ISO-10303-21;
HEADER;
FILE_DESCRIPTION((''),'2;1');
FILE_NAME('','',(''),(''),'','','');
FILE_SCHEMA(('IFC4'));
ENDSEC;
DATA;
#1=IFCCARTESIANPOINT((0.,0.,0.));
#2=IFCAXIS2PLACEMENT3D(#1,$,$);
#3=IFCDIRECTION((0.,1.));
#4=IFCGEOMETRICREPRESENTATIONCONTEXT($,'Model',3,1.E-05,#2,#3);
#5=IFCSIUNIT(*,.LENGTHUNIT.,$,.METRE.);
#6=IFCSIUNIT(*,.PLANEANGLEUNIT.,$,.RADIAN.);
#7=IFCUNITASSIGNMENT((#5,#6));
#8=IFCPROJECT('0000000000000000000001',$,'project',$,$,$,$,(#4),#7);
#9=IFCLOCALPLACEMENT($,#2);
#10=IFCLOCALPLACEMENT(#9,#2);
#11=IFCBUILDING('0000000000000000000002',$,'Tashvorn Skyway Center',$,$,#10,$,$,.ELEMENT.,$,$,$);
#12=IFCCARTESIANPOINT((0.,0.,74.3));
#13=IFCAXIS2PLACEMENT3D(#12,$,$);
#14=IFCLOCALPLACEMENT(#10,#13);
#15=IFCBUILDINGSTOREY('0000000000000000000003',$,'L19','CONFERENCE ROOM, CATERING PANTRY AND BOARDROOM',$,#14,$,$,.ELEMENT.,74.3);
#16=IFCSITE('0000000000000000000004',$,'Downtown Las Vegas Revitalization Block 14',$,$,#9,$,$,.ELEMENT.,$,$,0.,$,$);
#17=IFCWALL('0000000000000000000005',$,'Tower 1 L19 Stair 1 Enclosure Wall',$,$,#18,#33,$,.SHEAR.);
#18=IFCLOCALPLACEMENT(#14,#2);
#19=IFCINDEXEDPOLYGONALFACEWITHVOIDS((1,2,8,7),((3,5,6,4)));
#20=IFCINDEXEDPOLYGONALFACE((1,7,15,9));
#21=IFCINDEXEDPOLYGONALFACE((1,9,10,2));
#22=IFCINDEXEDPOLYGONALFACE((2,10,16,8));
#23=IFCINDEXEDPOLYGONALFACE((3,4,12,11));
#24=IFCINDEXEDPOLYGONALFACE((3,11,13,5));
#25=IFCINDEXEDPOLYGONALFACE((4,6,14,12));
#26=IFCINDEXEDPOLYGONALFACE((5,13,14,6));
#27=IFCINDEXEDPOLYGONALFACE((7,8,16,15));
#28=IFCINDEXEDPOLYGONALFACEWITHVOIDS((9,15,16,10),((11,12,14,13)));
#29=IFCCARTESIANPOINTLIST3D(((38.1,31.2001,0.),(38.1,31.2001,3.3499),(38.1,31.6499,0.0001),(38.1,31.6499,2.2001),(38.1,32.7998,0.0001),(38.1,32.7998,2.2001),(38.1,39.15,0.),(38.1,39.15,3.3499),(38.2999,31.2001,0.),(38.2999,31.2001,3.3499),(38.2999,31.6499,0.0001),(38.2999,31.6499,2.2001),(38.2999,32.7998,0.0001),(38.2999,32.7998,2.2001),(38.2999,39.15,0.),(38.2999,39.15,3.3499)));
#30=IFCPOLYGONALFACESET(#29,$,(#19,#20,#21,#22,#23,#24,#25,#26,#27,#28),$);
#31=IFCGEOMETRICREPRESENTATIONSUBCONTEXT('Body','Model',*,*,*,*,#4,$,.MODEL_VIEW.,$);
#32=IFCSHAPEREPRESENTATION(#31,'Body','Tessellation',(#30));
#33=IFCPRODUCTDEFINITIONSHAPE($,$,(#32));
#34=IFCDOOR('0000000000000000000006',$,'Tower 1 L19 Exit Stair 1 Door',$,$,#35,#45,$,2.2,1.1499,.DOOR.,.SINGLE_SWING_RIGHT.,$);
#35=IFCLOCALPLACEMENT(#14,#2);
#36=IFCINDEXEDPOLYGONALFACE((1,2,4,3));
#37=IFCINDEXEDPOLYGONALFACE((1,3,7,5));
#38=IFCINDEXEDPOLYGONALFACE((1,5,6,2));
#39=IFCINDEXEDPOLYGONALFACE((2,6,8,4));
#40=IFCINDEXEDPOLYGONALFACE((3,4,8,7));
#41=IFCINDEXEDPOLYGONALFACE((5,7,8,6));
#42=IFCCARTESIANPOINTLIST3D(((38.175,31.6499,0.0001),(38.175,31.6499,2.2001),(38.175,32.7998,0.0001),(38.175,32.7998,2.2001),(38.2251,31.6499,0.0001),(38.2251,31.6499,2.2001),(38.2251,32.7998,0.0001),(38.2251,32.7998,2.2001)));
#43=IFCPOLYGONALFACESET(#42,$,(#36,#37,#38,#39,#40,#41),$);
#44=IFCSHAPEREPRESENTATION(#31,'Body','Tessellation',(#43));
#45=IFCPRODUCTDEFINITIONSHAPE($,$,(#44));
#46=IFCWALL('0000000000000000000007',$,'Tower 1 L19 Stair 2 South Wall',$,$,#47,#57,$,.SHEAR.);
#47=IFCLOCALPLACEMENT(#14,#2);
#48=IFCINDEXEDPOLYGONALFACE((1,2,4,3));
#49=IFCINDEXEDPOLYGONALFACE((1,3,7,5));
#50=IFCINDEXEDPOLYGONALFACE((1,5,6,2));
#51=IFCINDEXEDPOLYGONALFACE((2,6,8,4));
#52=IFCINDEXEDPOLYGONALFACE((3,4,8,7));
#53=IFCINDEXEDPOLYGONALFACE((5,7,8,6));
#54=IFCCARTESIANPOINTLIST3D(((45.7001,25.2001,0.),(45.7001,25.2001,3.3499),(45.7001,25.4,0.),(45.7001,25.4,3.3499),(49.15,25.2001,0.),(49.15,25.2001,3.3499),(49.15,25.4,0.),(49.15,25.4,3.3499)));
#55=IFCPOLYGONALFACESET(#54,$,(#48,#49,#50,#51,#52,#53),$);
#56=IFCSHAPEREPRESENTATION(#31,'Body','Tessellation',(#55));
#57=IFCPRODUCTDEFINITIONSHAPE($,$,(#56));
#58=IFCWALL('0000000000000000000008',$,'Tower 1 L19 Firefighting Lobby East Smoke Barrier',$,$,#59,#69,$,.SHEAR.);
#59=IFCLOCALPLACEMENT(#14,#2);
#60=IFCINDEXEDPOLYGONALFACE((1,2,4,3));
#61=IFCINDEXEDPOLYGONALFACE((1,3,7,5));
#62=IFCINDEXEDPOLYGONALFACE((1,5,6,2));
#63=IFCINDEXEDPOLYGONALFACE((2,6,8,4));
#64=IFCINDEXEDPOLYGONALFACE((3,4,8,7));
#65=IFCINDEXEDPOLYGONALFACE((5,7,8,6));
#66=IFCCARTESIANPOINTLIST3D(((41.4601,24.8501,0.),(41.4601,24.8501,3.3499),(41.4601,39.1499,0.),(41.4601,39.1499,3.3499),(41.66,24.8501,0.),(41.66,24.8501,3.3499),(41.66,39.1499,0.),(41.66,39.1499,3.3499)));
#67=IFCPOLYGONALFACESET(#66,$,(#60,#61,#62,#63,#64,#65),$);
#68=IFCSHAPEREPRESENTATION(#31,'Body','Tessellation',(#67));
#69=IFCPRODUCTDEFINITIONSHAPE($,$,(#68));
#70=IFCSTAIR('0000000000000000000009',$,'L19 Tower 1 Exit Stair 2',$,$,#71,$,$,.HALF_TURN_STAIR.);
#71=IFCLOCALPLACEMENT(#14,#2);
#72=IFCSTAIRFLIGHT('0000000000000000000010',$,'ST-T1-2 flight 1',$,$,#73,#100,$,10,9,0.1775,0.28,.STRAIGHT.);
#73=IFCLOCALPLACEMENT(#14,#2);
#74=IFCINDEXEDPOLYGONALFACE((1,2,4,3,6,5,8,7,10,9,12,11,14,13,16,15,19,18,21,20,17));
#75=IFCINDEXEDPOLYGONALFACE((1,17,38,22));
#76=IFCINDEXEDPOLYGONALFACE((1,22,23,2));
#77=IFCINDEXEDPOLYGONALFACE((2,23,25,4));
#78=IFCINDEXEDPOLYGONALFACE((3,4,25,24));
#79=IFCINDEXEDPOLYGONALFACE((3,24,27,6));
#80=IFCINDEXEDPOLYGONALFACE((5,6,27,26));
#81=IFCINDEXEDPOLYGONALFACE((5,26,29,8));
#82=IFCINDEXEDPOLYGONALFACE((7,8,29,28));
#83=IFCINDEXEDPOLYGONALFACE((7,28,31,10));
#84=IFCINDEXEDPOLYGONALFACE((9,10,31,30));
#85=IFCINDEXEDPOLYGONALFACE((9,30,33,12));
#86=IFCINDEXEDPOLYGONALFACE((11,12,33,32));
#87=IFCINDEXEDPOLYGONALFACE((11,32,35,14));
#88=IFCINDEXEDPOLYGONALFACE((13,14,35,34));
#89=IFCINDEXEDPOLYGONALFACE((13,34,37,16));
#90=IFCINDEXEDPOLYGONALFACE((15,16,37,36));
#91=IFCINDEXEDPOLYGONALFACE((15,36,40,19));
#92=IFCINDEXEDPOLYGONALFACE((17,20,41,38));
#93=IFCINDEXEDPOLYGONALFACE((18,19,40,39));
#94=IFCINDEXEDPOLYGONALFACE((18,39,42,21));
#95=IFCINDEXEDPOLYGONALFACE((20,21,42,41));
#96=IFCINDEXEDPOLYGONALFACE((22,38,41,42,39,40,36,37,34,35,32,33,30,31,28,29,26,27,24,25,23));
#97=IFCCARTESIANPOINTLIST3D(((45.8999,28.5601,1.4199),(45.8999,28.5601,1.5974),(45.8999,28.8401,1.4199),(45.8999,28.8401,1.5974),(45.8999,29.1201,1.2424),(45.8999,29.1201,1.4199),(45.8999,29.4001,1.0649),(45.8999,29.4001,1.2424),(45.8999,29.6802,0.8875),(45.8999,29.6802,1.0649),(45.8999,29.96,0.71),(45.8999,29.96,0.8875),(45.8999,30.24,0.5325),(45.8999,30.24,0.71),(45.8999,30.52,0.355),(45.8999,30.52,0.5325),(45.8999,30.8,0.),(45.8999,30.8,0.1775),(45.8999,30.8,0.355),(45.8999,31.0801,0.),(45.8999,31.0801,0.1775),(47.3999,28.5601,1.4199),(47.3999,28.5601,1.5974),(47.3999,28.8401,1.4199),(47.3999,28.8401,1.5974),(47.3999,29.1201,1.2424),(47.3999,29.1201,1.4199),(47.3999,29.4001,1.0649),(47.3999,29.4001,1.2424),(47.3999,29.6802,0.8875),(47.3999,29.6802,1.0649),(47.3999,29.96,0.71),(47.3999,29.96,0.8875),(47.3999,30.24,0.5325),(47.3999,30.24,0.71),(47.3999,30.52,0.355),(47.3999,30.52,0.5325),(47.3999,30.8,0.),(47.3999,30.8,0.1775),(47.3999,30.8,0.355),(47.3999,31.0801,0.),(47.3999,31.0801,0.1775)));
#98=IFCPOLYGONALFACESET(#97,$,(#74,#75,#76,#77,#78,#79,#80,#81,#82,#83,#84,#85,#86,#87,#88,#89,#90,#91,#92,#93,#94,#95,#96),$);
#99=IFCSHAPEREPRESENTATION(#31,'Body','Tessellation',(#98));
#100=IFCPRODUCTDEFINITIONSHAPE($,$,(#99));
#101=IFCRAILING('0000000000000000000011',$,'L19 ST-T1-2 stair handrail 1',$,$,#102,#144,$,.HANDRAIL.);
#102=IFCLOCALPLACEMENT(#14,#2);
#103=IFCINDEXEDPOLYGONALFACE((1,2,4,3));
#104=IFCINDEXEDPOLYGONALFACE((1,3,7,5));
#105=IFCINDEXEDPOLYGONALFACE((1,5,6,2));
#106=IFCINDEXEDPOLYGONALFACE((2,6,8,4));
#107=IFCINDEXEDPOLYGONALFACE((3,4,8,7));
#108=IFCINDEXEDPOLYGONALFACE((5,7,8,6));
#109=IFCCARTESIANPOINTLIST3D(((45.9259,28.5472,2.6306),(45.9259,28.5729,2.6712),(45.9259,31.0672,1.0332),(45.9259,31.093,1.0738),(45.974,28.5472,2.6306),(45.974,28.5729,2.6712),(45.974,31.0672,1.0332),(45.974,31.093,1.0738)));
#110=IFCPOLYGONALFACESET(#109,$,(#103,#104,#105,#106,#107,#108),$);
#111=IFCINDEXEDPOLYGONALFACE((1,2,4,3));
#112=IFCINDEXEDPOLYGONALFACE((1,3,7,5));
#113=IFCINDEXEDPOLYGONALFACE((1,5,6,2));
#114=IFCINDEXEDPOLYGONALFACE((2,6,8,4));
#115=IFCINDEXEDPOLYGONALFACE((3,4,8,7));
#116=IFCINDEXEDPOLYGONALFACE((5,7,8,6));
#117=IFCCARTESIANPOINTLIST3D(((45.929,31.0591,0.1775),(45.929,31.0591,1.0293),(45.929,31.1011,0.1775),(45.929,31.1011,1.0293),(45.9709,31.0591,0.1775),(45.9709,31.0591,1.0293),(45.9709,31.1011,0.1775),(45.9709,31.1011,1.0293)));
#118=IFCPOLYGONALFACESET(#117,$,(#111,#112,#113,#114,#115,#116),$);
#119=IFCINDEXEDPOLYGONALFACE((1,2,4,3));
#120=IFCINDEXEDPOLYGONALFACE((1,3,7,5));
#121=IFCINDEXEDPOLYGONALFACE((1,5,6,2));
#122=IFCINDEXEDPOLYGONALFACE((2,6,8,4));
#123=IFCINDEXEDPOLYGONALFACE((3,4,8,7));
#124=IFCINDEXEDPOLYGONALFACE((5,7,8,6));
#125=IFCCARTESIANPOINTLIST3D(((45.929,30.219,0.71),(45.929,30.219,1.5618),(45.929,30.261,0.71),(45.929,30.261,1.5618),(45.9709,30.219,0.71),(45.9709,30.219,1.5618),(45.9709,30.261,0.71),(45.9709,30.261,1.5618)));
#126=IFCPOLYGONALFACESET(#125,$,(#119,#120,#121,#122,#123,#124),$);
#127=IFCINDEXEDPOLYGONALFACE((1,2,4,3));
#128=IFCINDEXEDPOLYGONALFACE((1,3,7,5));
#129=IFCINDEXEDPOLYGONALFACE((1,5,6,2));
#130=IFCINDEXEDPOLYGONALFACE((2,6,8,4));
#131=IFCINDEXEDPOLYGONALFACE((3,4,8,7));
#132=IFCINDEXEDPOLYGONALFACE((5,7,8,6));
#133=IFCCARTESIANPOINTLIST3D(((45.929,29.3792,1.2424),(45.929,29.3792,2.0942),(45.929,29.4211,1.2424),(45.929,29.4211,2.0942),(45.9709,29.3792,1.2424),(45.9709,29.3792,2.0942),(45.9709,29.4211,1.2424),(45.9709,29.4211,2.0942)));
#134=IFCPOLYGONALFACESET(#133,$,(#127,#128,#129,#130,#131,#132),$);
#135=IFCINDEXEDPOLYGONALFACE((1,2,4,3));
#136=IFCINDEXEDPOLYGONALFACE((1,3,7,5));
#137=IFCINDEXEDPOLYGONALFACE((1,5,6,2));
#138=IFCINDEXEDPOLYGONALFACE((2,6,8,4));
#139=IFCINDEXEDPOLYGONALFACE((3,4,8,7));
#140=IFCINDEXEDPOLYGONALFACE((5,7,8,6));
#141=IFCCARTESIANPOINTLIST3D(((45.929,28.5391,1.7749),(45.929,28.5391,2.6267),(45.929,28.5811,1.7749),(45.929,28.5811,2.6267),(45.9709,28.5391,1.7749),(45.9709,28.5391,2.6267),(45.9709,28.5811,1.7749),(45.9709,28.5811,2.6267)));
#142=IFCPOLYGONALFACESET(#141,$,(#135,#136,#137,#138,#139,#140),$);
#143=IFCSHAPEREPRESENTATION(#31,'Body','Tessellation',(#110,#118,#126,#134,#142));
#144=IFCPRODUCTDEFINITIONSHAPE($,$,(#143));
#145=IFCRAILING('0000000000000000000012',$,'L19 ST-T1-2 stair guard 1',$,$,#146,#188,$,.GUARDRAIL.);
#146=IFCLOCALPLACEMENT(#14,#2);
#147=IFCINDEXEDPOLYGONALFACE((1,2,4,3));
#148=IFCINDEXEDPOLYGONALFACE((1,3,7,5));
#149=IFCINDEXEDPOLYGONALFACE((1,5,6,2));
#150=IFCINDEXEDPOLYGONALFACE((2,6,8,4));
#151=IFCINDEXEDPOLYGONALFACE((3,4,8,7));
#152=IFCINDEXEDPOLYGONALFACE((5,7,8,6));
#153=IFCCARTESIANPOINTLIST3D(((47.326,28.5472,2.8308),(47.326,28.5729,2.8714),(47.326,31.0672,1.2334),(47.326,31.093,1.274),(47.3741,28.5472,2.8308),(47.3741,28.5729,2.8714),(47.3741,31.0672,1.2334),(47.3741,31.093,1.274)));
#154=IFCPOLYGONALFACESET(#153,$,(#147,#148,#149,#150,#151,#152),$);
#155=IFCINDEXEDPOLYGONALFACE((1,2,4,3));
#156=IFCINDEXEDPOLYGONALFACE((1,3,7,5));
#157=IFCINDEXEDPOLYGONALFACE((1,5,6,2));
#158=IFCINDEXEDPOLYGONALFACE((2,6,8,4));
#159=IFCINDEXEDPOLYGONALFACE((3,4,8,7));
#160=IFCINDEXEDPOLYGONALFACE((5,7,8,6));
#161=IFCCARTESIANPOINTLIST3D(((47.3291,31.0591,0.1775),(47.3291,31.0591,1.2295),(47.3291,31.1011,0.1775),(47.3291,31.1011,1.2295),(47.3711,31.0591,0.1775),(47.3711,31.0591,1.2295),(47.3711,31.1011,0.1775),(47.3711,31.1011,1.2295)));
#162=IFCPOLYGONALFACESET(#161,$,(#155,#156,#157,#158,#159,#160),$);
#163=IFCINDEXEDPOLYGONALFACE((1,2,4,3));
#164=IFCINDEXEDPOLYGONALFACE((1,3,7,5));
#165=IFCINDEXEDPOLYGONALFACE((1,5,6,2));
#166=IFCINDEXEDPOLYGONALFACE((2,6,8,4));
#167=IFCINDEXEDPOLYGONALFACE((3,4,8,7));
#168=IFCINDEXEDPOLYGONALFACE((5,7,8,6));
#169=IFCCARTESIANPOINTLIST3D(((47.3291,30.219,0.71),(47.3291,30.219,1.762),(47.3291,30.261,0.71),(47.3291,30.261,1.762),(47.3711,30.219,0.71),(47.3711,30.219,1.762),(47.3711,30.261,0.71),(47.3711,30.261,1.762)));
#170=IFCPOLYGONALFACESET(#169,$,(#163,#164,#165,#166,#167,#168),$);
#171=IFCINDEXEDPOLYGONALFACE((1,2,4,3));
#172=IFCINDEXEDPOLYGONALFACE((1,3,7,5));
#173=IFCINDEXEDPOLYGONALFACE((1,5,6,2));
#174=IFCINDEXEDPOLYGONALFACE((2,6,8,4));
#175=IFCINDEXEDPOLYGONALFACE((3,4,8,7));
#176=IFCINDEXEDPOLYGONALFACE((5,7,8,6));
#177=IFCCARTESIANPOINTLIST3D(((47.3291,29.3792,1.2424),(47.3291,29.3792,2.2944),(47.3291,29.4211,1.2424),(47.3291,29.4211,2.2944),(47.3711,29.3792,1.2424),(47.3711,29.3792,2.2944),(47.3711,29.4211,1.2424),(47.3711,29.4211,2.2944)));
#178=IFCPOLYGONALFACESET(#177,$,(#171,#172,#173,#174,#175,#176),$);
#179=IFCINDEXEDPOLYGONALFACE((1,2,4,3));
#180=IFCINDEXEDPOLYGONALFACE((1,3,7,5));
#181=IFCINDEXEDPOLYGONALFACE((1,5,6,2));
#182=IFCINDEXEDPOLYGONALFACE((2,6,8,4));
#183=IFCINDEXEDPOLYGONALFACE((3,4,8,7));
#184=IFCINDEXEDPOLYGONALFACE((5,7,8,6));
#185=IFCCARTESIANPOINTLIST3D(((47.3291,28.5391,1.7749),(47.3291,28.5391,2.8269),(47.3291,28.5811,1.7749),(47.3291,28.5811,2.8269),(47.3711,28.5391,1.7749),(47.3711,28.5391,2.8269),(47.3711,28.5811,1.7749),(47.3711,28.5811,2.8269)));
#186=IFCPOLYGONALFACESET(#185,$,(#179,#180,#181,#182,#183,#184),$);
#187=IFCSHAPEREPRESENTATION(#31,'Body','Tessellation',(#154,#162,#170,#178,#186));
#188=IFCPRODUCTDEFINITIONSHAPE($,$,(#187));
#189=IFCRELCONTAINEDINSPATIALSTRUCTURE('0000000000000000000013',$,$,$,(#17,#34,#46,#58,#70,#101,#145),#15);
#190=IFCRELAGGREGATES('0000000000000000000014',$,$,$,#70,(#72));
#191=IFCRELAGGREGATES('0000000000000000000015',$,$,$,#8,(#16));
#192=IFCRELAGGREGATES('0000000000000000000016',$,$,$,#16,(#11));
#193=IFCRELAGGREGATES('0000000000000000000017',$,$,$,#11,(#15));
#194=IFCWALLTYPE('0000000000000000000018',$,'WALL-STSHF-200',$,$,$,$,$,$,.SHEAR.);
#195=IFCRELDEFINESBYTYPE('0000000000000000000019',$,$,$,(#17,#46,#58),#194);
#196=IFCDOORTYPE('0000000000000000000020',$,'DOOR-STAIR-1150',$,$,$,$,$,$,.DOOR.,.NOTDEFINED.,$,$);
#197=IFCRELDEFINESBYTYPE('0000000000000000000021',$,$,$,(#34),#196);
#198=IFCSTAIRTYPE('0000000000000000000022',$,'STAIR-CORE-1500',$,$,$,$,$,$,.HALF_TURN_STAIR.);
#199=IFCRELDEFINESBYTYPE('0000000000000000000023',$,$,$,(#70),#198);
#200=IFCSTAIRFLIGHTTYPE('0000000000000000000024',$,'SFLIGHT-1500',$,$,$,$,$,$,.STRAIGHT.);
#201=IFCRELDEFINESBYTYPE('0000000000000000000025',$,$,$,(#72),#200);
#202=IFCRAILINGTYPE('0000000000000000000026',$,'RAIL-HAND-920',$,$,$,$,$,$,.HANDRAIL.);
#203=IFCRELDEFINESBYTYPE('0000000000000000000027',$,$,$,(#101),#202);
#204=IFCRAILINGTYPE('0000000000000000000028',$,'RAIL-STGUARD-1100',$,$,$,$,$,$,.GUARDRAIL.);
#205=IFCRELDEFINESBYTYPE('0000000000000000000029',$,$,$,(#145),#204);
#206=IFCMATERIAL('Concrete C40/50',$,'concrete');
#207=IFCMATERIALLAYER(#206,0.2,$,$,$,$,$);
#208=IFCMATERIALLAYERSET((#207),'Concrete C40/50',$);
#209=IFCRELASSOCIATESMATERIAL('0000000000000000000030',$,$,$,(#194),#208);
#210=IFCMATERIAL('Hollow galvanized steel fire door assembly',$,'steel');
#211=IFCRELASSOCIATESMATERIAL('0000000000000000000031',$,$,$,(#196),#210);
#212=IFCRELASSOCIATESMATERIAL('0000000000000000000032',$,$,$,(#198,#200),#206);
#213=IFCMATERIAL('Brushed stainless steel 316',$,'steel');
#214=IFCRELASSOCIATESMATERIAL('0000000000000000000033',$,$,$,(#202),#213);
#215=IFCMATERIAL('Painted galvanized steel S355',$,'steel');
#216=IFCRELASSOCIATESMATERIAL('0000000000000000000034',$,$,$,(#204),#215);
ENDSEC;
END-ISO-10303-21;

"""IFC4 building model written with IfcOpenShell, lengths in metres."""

from ifc_helpers import new_model, si_unit, direction, frame, frame_2d, origin, origin_2d, place, context, subcontext, project, spatial, polyline, rectangle, outline, extrude, material, layer, layer_set, type_object, element, fill, aggregate, save


model = new_model("IFC4")

# Units and contexts
model_context = context("Model", 3, precision=1e-05, world=origin(), true_north=direction((0.0, 1.0)))
body_context = subcontext(model_context, "Body", "Model", "MODEL_VIEW")
ifc_project = project(units=[si_unit("LENGTHUNIT", "METRE"), si_unit("PLANEANGLEUNIT", "RADIAN")], contexts=[model_context])

# Site, building, storey
site_placement = place(None, origin())
site = spatial("IfcSite", under=ifc_project, at=site_placement, Name="Downtown Las Vegas Revitalization Block 14", CompositionType="ELEMENT", RefElevation=0.0)
building_placement = place(site_placement, origin())
building = spatial("IfcBuilding", under=site, at=building_placement, Name="Tashvorn Skyway Center", CompositionType="ELEMENT")
storey_placement = place(building_placement, frame((0.0, 0.0, 74.3)))
storey = spatial("IfcBuildingStorey", under=building, at=storey_placement, Name="L19", Description="CONFERENCE ROOM, CATERING PANTRY AND BOARDROOM", CompositionType="ELEMENT", Elevation=74.3)

# Shared definitions
ifc_material_1 = material(Name="Concrete C40/50", Category="concrete")
ifc_material_2 = material(Name="Hollow galvanized steel fire door assembly", Category="steel")

# Wall, opening, door
ifc_layer_1 = layer(ifc_material_1, 0.2)
ifc_layer_set_1 = layer_set([ifc_layer_1], Name="Concrete C40/50")
wall_type_1 = type_object("IfcWallType", Name="WALL-STSHF-200", PredefinedType="SHEAR", material=ifc_layer_set_1)
wall_1_placement = place(storey_placement, frame((38.2, 31.2, 0.0), z_axis=(0.0, 0.0, 1.0), x_axis=(0.0, 1.0, 0.0)))
wall_1 = element("IfcWall", 1, at=wall_1_placement, inside=storey, type_object=wall_type_1, Name="Tower 1 L19 Stair 1 Enclosure Wall", PredefinedType="SHEAR", context=body_context, shape_type="SweptSolid", body=[
    extrude(rectangle(XDim=7.95, YDim=0.2, at=frame_2d((3.9751, 0.0))), origin(), (0.0, 0.0, 1.0), 3.3499),
])
opening_1_placement = place(wall_1_placement, frame((0.45, 0.0, 0.0)))
opening_1 = element("IfcOpeningElement", 2, at=opening_1_placement, cuts=wall_1, PredefinedType="OPENING", context=body_context, shape_type="SweptSolid", body=[
    extrude(rectangle(XDim=1.1499, YDim=2.2, at=frame_2d((0.575, 1.1001))), frame((0.0, 0.1099, 0.0), z_axis=(0.0, -1.0, 0.0), x_axis=(1.0, 0.0, 0.0)), (0.0, 0.0, 1.0), 0.22),
])
door_type_1 = type_object("IfcDoorType", Name="DOOR-STAIR-1150", OperationType="NOTDEFINED", PredefinedType="DOOR", material=ifc_material_2)
door_1_placement = place(opening_1_placement, origin())
door_1 = element("IfcDoor", 3, at=door_1_placement, inside=storey, type_object=door_type_1, Name="Tower 1 L19 Exit Stair 1 Door", OperationType="SINGLE_SWING_RIGHT", OverallHeight=2.2, OverallWidth=1.1499, PredefinedType="DOOR", context=body_context, shape_type="SweptSolid", body=[
    extrude(rectangle(XDim=1.1499, YDim=2.2, at=frame_2d((0.575, 1.1001))), frame((0.0, 0.0249, 0.0), z_axis=(0.0, -1.0, 0.0), x_axis=(1.0, 0.0, 0.0)), (0.0, 0.0, 1.0), 0.05),
])
fill(opening_1, door_1)

# Walls
wall_2_placement = place(storey_placement, frame((45.7, 25.3, 0.0), z_axis=(0.0, 0.0, 1.0), x_axis=(1.0, 0.0, 0.0)))
element("IfcWall", 4, at=wall_2_placement, inside=storey, type_object=wall_type_1, Name="Tower 1 L19 Stair 2 South Wall", PredefinedType="SHEAR", context=body_context, shape_type="SweptSolid", body=[
    extrude(rectangle(XDim=3.45, YDim=0.2, at=frame_2d((1.7251, 0.0))), origin(), (0.0, 0.0, 1.0), 3.3499),
])
wall_3_placement = place(storey_placement, frame((41.5601, 24.8501, 0.0), z_axis=(0.0, 0.0, 1.0), x_axis=(0.0, 1.0, 0.0)))
element("IfcWall", 5, at=wall_3_placement, inside=storey, type_object=wall_type_1, Name="Tower 1 L19 Firefighting Lobby East Smoke Barrier", PredefinedType="SHEAR", context=body_context, shape_type="SweptSolid", body=[
    extrude(rectangle(XDim=14.2998, YDim=0.2, at=frame_2d((7.1499, 0.0))), origin(), (0.0, 0.0, 1.0), 3.3499),
])

# Stair, stair flight
stair_type = type_object("IfcStairType", Name="STAIR-CORE-1500", PredefinedType="HALF_TURN_STAIR", material=ifc_material_1)
stair_placement = place(storey_placement, origin())
stair = element("IfcStair", 6, at=stair_placement, inside=storey, type_object=stair_type, Name="L19 Tower 1 Exit Stair 2", PredefinedType="HALF_TURN_STAIR")
stair_flight_type = type_object("IfcStairFlightType", Name="SFLIGHT-1500", PredefinedType="STRAIGHT", material=ifc_material_1)
stair_flight_placement = place(storey_placement, frame((46.6499, 31.0801, 0.0), z_axis=(0.0, 0.0, 1.0), x_axis=(0.0, -1.0, 0.0)))
stair_flight = element("IfcStairFlight", 7, at=stair_flight_placement, type_object=stair_flight_type, Name="ST-T1-2 flight 1", NumberOfRisers=10, NumberOfTreads=9, PredefinedType="STRAIGHT", RiserHeight=0.1775, TreadLength=0.28, context=body_context, shape_type="SweptSolid", body=[
    extrude(outline(polyline([(0.0, 0.0), (0.0, 0.1775), (0.28, 0.1775), (0.28, 0.355), (0.5601, 0.355), (0.5601, 0.5325), (0.8401, 0.5325), (0.8401, 0.71), (1.1201, 0.71), (1.1201, 0.8875), (1.3999, 0.8875), (1.3999, 1.0649), (1.6799, 1.0649), (1.6799, 1.2424), (1.96, 1.2424), (1.96, 1.4199), (2.24, 1.4199), (2.24, 1.5974), (2.52, 1.5974), (2.52, 1.7749), (2.52, 1.4199), (0.28, 0.0), (0.0, 0.0)])), frame((0.0, 0.75, 0.0), z_axis=(0.0, -1.0, 0.0), x_axis=(1.0, 0.0, 0.0)), (0.0, 0.0, 1.0), 1.5),
])
aggregate(stair, [stair_flight])

# Railings
ifc_material_3 = material(Name="Brushed stainless steel 316", Category="steel")
railing_type_1 = type_object("IfcRailingType", Name="RAIL-HAND-920", PredefinedType="HANDRAIL", material=ifc_material_3)
railing_1_placement = place(storey_placement, frame((45.95, 31.0801, 0.1775)))
element("IfcRailing", 8, at=railing_1_placement, inside=storey, type_object=railing_type_1, Name="L19 ST-T1-2 stair handrail 1", PredefinedType="HANDRAIL", context=body_context, shape_type="SweptSolid", body=[
    extrude(rectangle(XDim=0.0481, YDim=0.0481, at=origin_2d()), frame((0.0, 0.0, 0.876), z_axis=(0.0, -0.844607, 0.535387), x_axis=(1.0, 0.0, 0.0)), (0.0, 0.0, 1.0), 2.9836),
    extrude(rectangle(XDim=0.042, YDim=0.042, at=origin_2d()), origin(), (0.0, 0.0, 1.0), 0.8518),
    extrude(rectangle(XDim=0.042, YDim=0.042, at=origin_2d()), frame((0.0, -0.8401, 0.5325)), (0.0, 0.0, 1.0), 0.8518),
    extrude(rectangle(XDim=0.042, YDim=0.042, at=origin_2d()), frame((0.0, -1.6799, 1.0649)), (0.0, 0.0, 1.0), 0.8518),
    extrude(rectangle(XDim=0.042, YDim=0.042, at=origin_2d()), frame((0.0, -2.52, 1.5974)), (0.0, 0.0, 1.0), 0.8518),
])
ifc_material_4 = material(Name="Painted galvanized steel S355", Category="steel")
railing_type_2 = type_object("IfcRailingType", Name="RAIL-STGUARD-1100", PredefinedType="GUARDRAIL", material=ifc_material_4)
railing_2_placement = place(storey_placement, frame((47.3501, 31.0801, 0.1775)))
element("IfcRailing", 9, at=railing_2_placement, inside=storey, type_object=railing_type_2, Name="L19 ST-T1-2 stair guard 1", PredefinedType="GUARDRAIL", context=body_context, shape_type="SweptSolid", body=[
    extrude(rectangle(XDim=0.0481, YDim=0.0481, at=origin_2d()), frame((0.0, 0.0, 1.0762), z_axis=(0.0, -0.844607, 0.535387), x_axis=(1.0, 0.0, 0.0)), (0.0, 0.0, 1.0), 2.9836),
    extrude(rectangle(XDim=0.042, YDim=0.042, at=origin_2d()), origin(), (0.0, 0.0, 1.0), 1.052),
    extrude(rectangle(XDim=0.042, YDim=0.042, at=origin_2d()), frame((0.0, -0.8401, 0.5325)), (0.0, 0.0, 1.0), 1.052),
    extrude(rectangle(XDim=0.042, YDim=0.042, at=origin_2d()), frame((0.0, -1.6799, 1.0649)), (0.0, 0.0, 1.0), 1.052),
    extrude(rectangle(XDim=0.042, YDim=0.042, at=origin_2d()), frame((0.0, -2.52, 1.5974)), (0.0, 0.0, 1.0), 1.052),
])

save(model, "model.ifc")
